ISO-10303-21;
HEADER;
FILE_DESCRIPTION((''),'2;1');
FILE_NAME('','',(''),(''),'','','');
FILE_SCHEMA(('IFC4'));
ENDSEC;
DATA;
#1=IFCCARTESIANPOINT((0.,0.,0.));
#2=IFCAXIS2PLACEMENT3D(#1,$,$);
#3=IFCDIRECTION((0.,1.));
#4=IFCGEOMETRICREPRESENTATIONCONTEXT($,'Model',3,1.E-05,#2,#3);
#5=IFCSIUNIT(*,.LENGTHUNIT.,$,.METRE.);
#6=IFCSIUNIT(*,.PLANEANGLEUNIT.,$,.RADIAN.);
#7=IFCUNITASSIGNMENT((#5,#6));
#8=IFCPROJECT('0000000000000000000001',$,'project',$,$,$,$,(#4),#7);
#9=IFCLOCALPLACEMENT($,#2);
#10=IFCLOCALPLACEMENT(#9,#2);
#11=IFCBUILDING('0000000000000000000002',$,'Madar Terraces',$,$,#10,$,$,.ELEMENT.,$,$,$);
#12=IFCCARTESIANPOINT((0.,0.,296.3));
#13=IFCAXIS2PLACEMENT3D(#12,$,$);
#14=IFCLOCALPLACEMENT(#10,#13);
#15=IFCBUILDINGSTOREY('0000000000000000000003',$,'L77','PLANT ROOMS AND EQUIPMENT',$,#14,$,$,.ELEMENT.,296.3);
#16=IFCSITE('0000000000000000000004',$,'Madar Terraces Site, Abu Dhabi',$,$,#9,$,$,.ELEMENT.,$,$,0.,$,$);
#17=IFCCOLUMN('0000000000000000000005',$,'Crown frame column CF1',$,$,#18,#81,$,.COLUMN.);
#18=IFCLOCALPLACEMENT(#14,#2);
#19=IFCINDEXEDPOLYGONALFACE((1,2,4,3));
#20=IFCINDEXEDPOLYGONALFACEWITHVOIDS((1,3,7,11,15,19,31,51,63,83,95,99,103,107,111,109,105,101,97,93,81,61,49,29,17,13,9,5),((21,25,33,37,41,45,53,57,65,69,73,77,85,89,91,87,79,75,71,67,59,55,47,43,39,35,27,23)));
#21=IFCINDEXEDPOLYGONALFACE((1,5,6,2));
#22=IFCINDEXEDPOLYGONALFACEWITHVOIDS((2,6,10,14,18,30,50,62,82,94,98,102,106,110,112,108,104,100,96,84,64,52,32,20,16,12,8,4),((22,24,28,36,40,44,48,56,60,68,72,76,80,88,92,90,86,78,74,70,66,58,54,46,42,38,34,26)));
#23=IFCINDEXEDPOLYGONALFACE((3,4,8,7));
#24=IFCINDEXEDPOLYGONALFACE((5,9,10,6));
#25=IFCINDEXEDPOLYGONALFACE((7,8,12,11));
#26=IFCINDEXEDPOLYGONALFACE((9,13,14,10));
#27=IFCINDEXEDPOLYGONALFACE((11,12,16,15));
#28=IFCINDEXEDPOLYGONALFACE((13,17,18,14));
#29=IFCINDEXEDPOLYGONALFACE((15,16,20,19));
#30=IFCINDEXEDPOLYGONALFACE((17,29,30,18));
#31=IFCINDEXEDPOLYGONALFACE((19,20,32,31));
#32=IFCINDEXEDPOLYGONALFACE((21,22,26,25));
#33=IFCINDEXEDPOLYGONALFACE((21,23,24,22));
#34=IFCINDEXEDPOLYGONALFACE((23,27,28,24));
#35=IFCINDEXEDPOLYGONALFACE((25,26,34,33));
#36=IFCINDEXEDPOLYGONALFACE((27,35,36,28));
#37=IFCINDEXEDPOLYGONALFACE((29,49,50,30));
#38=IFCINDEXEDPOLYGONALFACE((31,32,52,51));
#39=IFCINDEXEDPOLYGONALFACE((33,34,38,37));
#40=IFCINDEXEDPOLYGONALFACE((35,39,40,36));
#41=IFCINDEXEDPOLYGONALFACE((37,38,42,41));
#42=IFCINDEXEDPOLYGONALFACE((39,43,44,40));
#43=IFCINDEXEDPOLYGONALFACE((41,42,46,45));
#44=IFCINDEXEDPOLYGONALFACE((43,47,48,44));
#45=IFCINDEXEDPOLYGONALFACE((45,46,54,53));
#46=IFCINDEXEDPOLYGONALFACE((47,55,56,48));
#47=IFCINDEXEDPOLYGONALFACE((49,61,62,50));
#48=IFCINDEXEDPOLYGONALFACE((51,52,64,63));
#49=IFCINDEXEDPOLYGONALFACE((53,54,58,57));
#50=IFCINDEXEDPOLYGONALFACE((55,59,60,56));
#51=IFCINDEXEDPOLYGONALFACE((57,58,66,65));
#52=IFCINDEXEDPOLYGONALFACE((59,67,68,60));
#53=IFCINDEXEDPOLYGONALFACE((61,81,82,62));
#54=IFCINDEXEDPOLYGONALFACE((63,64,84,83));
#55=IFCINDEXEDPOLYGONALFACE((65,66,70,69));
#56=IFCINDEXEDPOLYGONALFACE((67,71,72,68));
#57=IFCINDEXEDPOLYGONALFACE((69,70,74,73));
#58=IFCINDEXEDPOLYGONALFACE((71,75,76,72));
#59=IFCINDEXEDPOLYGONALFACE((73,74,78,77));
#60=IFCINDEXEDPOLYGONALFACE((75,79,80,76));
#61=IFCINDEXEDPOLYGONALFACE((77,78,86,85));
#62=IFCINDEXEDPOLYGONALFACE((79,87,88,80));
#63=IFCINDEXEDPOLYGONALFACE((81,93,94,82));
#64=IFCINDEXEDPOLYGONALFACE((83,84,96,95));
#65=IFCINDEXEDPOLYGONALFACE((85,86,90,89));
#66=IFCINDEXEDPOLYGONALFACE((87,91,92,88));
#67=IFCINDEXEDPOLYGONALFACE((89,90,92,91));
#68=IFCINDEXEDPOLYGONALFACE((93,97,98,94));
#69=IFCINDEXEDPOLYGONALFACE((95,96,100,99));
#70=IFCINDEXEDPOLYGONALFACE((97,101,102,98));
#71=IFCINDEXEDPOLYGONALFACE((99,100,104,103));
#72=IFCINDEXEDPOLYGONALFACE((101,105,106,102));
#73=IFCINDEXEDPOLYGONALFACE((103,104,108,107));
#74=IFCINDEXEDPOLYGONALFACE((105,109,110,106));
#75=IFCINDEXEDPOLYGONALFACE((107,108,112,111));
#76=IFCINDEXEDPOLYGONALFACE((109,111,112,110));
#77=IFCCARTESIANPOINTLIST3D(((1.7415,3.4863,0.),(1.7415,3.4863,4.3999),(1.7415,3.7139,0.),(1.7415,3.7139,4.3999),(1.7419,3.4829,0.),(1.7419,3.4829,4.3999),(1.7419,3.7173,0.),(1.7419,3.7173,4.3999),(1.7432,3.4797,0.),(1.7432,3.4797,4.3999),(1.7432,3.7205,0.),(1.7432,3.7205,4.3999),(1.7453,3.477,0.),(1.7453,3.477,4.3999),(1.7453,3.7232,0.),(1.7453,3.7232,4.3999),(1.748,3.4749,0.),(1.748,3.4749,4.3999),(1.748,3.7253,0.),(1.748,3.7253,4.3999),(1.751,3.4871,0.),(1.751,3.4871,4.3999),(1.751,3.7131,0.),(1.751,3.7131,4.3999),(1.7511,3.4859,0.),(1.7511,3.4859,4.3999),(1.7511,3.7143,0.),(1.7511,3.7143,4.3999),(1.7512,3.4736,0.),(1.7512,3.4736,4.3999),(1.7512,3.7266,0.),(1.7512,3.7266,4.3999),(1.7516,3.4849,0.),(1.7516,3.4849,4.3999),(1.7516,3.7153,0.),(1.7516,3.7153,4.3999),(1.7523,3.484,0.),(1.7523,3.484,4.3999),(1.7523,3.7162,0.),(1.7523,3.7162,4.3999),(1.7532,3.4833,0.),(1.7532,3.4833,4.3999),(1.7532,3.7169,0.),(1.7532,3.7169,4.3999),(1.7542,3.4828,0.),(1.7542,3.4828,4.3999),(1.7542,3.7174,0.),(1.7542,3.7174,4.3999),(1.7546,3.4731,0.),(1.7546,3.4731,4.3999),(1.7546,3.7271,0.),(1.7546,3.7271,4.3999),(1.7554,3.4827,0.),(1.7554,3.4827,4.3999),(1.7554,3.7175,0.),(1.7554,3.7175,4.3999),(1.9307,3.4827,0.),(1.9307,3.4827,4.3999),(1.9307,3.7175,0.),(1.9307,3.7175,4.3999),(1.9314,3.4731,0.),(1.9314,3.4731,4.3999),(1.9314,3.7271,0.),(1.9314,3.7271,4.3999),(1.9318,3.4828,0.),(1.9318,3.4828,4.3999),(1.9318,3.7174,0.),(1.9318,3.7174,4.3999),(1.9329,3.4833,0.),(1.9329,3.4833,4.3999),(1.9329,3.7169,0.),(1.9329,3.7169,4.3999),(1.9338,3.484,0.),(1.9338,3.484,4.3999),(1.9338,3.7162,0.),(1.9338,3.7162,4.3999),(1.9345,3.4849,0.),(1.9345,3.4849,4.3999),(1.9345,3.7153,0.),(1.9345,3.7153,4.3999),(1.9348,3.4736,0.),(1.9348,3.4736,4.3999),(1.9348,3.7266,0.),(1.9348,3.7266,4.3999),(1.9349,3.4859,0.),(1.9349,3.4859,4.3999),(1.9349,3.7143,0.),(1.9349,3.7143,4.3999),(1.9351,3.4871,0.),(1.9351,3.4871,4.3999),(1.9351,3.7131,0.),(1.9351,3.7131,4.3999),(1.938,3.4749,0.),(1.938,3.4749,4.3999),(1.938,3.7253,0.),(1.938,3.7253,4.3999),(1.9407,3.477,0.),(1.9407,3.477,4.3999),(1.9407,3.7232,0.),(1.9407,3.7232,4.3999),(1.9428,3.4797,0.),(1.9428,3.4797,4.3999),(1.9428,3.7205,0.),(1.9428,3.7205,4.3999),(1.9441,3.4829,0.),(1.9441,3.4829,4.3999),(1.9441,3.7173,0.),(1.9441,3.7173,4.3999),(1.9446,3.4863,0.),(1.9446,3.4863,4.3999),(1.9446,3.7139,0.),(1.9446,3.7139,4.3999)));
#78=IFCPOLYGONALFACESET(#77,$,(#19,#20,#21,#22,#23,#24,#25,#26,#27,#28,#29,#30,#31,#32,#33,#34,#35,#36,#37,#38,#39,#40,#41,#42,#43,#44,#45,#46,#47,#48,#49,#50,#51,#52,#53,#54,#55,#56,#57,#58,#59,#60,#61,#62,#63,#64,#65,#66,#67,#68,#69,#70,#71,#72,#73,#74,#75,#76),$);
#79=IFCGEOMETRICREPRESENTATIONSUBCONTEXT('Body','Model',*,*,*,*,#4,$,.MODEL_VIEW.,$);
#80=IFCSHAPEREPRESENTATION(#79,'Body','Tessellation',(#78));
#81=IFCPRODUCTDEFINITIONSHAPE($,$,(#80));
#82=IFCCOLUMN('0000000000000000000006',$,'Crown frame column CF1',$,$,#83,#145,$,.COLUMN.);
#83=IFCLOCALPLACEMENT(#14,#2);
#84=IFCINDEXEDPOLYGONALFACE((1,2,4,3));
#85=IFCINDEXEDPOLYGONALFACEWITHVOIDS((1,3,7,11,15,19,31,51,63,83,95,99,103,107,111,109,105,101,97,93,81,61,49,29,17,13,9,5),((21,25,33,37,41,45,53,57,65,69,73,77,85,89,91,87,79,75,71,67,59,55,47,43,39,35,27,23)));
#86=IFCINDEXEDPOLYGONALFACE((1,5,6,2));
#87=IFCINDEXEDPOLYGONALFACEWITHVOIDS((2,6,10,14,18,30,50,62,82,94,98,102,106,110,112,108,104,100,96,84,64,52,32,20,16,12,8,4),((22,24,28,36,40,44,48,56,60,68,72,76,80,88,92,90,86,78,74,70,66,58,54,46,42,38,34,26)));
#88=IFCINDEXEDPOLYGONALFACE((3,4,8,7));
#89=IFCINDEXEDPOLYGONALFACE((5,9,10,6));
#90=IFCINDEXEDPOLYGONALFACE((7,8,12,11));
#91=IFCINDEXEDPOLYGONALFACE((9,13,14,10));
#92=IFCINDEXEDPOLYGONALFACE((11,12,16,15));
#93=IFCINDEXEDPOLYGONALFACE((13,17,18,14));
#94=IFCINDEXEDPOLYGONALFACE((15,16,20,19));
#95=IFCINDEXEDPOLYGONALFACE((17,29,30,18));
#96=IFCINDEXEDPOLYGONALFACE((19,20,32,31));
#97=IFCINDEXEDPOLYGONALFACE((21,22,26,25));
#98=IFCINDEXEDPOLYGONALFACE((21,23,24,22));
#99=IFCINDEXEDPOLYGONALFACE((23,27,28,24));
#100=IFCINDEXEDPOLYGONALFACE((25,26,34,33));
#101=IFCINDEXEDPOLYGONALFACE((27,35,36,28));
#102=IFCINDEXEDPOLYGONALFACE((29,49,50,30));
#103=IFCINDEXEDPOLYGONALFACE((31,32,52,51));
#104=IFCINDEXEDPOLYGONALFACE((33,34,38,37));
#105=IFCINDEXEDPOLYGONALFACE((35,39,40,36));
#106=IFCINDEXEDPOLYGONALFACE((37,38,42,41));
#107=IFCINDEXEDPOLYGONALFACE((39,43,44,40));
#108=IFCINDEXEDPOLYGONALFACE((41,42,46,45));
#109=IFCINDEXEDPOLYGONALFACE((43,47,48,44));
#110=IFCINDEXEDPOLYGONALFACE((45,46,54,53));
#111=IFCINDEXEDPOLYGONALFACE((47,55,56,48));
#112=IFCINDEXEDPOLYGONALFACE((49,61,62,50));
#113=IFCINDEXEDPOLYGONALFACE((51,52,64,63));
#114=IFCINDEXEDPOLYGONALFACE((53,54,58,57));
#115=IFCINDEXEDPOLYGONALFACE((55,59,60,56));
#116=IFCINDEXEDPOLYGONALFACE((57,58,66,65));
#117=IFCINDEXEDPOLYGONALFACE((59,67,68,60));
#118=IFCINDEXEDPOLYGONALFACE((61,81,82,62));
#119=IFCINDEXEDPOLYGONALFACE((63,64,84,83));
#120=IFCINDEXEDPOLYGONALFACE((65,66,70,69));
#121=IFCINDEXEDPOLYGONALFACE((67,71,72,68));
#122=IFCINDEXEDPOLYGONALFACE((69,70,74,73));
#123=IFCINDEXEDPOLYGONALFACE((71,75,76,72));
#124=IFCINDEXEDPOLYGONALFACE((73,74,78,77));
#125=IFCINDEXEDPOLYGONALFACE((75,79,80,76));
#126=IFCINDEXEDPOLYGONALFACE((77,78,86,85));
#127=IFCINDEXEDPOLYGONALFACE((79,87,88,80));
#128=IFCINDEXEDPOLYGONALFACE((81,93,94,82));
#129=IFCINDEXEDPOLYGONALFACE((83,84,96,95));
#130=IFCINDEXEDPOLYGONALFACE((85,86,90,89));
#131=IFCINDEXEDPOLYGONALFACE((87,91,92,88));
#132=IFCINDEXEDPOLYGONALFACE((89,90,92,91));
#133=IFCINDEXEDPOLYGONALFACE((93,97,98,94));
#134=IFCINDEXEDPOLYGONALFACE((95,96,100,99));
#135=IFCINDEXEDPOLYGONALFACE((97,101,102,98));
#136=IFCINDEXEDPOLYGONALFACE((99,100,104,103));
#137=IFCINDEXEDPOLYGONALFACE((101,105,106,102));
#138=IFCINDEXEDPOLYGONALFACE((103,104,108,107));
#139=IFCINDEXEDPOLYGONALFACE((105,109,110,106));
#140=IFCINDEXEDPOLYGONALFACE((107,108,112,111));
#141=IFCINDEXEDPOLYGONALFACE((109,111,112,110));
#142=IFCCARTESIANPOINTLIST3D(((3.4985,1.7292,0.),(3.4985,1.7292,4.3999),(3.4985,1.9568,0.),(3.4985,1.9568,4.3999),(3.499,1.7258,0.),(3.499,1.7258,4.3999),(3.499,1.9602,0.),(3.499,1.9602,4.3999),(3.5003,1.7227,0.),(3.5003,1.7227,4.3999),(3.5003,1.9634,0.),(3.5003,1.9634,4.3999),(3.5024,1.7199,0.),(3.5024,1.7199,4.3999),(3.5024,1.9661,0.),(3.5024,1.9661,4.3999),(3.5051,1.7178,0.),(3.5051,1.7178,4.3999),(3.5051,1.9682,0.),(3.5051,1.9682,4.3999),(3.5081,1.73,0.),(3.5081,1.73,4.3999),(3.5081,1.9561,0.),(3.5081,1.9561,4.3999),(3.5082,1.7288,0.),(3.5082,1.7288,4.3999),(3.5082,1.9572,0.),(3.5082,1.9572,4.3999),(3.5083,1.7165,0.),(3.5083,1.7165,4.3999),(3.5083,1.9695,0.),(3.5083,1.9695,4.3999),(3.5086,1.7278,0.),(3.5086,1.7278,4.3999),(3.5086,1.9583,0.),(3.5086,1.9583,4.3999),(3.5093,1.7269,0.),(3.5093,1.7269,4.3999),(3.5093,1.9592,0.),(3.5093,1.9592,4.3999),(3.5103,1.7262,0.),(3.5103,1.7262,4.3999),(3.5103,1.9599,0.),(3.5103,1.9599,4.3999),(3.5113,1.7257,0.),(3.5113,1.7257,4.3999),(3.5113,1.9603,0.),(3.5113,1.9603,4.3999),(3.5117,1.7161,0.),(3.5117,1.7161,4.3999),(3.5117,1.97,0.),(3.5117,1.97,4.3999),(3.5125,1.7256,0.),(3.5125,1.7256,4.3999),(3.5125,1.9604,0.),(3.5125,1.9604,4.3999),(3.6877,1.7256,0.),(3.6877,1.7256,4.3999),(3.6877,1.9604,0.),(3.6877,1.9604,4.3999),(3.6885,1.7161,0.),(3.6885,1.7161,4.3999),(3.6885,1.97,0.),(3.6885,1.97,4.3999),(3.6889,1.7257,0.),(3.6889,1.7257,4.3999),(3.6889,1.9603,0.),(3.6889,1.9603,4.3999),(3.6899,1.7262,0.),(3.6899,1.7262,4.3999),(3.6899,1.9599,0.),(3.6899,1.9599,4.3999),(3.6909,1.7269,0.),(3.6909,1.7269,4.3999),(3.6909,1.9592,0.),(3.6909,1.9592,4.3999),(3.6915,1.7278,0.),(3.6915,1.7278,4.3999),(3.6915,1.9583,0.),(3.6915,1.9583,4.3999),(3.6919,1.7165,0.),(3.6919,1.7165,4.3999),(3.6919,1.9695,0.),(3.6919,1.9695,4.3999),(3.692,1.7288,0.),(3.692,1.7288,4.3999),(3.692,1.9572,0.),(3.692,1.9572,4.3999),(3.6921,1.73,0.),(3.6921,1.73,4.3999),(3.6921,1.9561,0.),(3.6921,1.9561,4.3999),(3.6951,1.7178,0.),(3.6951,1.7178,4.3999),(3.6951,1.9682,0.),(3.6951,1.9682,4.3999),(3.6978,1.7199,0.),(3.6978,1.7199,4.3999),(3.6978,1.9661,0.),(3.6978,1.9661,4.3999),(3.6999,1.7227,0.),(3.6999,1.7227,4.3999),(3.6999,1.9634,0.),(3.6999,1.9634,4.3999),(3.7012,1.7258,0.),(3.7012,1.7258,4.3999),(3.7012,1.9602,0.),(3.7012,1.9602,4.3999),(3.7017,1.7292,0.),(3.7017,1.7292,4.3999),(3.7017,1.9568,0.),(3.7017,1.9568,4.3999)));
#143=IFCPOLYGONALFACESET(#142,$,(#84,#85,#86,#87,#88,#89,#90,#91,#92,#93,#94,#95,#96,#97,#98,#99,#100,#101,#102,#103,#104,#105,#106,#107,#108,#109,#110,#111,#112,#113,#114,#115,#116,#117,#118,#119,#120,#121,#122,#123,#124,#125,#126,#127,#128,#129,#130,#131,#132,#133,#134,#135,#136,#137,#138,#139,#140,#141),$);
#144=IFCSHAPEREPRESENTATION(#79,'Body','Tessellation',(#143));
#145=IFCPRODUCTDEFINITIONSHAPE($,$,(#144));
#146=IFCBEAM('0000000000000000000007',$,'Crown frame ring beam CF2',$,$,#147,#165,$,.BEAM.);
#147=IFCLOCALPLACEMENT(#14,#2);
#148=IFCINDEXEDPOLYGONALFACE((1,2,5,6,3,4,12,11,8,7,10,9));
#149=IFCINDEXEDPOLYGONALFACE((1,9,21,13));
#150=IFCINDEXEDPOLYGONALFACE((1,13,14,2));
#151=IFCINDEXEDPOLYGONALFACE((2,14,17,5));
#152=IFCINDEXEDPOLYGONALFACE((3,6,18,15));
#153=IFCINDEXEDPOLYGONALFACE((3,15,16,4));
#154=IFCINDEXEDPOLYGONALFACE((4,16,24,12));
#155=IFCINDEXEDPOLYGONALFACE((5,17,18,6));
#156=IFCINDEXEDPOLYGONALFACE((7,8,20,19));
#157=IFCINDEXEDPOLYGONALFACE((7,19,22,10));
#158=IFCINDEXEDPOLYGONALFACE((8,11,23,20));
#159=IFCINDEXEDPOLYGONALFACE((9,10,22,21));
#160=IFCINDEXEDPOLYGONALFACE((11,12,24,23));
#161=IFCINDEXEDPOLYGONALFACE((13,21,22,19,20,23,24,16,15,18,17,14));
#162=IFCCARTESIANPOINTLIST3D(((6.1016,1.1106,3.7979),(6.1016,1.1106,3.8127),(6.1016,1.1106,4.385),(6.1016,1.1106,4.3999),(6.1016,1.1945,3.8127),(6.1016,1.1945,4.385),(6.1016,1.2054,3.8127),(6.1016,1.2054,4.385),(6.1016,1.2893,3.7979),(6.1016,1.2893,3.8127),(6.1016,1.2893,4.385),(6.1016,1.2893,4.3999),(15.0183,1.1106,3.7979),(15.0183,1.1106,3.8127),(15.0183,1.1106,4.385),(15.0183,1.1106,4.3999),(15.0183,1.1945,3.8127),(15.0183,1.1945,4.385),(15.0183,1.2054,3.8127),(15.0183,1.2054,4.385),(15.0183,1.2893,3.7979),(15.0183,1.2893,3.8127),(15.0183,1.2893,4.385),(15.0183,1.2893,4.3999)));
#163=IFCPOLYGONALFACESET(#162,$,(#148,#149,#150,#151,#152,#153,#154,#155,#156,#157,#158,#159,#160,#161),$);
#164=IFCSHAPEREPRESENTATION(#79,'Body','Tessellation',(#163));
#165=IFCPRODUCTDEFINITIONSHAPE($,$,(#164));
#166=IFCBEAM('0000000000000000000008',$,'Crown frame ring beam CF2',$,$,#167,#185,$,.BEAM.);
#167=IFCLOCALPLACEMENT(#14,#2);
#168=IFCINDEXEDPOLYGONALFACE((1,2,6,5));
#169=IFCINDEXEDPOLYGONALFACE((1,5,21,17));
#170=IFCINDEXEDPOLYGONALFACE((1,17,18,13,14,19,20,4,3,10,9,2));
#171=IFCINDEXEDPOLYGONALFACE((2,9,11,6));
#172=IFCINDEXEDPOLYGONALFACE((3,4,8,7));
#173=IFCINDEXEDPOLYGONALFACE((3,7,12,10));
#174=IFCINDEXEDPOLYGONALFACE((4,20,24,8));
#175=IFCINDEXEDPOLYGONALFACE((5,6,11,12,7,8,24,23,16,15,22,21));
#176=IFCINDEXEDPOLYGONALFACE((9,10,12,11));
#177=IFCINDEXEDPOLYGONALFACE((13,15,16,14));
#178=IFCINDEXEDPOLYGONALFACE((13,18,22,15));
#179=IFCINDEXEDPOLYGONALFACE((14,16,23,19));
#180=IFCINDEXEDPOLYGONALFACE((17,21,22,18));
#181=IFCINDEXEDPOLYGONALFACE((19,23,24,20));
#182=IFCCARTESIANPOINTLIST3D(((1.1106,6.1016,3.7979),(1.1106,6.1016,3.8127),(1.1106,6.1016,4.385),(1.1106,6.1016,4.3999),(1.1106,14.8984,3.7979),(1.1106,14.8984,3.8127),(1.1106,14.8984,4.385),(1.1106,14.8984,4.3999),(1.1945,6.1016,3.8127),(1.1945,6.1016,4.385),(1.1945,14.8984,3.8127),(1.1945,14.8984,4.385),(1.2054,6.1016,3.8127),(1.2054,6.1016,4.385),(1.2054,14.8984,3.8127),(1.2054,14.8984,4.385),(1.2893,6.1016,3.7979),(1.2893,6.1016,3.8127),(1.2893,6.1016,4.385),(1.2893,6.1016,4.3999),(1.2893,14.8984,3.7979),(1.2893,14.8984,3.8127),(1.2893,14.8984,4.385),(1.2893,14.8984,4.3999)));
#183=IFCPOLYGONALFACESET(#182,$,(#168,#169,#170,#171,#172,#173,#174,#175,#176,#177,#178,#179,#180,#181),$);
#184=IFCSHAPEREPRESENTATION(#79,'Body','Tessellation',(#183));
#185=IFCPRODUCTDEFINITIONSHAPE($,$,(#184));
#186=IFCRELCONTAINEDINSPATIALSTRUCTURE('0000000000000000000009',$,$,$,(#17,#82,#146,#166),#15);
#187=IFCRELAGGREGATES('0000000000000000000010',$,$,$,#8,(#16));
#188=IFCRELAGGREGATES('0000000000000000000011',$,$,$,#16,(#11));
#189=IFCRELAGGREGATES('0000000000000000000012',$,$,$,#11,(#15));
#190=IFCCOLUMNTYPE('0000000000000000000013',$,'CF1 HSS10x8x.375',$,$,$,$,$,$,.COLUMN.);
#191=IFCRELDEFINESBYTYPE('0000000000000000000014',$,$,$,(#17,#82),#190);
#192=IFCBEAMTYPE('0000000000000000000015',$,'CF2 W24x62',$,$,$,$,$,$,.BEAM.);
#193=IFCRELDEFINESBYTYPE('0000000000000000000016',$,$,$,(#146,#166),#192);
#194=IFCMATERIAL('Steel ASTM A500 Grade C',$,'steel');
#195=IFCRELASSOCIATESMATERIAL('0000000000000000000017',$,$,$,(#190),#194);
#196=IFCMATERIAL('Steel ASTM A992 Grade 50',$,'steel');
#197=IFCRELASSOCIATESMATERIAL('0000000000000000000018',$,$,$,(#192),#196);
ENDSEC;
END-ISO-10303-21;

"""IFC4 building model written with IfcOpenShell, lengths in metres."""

from ifc_helpers import new_model, si_unit, direction, frame, origin, origin_2d, place, context, subcontext, project, spatial, hollow_rectangle, i_section, extrude, material, material_profile, profile_set, type_object, element, save


model = new_model("IFC4")

# Units and contexts
model_context = context("Model", 3, precision=1e-05, world=origin(), true_north=direction((0.0, 1.0)))
body_context = subcontext(model_context, "Body", "Model", "MODEL_VIEW")
ifc_project = project(units=[si_unit("LENGTHUNIT", "METRE"), si_unit("PLANEANGLEUNIT", "RADIAN")], contexts=[model_context])

# Site, building, storey
site_placement = place(None, origin())
site = spatial("IfcSite", under=ifc_project, at=site_placement, Name="Madar Terraces Site, Abu Dhabi", CompositionType="ELEMENT", RefElevation=0.0)
building_placement = place(site_placement, origin())
building = spatial("IfcBuilding", under=site, at=building_placement, Name="Madar Terraces", CompositionType="ELEMENT")
storey_placement = place(building_placement, frame((0.0, 0.0, 296.3)))
storey = spatial("IfcBuildingStorey", under=building, at=storey_placement, Name="L77", Description="PLANT ROOMS AND EQUIPMENT", CompositionType="ELEMENT", Elevation=296.3)

# Columns
ifc_material_1 = material(Name="Steel ASTM A500 Grade C", Category="steel")
ifc_material_profile_1 = material_profile(ifc_material_1, hollow_rectangle(XDim=0.2031, YDim=0.2539, WallThickness=0.0095, InnerFilletRadius=0.0044, OuterFilletRadius=0.0132, at=origin_2d()), Name="HSS10x8x.375")
ifc_profile_set_1 = profile_set([ifc_material_profile_1], Name="Steel ASTM A500 Grade C")
column_type = type_object("IfcColumnType", Name="CF1 HSS10x8x.375", PredefinedType="COLUMN", material=ifc_profile_set_1)
for number, where, z_axis, x_axis, name in (
    (1, (1.843, 3.6001, 0.0), (0.0, 0.0, 1.0), (1.0, 0.0, 0.0), "Crown frame column CF1"),
    (2, (3.6001, 1.843, 0.0), (0.0, 0.0, 1.0), (1.0, 0.0, 0.0), "Crown frame column CF1"),
):
    element("IfcColumn", number, at=place(storey_placement, frame(where, z_axis=z_axis, x_axis=x_axis)), inside=storey, type_object=column_type, Name=name, PredefinedType="COLUMN", context=body_context, shape_type="SweptSolid", body=[
        extrude(hollow_rectangle(XDim=0.2031, YDim=0.2539, WallThickness=0.0095, InnerFilletRadius=0.0044, OuterFilletRadius=0.0132, at=origin_2d()), origin(), (0.0, 0.0, 1.0), 4.3999),
    ])

# Beams
ifc_material_2 = material(Name="Steel ASTM A992 Grade 50", Category="steel")
ifc_material_profile_2 = material_profile(ifc_material_2, i_section(OverallWidth=0.1787, OverallDepth=0.6021, WebThickness=0.011, FlangeThickness=0.0149, at=origin_2d()), Name="W24x62")
ifc_profile_set_2 = profile_set([ifc_material_profile_2], Name="Steel ASTM A992 Grade 50")
beam_type = type_object("IfcBeamType", Name="CF2 W24x62", PredefinedType="BEAM", material=ifc_profile_set_2)
beam_1_placement = place(storey_placement, frame((6.1016, 1.2, 4.0989), z_axis=(1.0, 0.0, 0.0), x_axis=(0.0, 1.0, 0.0)))
element("IfcBeam", 3, at=beam_1_placement, inside=storey, type_object=beam_type, Name="Crown frame ring beam CF2", PredefinedType="BEAM", context=body_context, shape_type="SweptSolid", body=[
    extrude(i_section(OverallWidth=0.1787, OverallDepth=0.6021, WebThickness=0.011, FlangeThickness=0.0149, at=origin_2d()), origin(), (0.0, 0.0, 1.0), 8.9167),
])
beam_2_placement = place(storey_placement, frame((1.2, 14.8984, 4.0989), z_axis=(0.0, -1.0, 0.0), x_axis=(1.0, 0.0, 0.0)))
element("IfcBeam", 4, at=beam_2_placement, inside=storey, type_object=beam_type, Name="Crown frame ring beam CF2", PredefinedType="BEAM", context=body_context, shape_type="SweptSolid", body=[
    extrude(i_section(OverallWidth=0.1787, OverallDepth=0.6021, WebThickness=0.011, FlangeThickness=0.0149, at=origin_2d()), origin(), (0.0, 0.0, 1.0), 8.7969),
])

save(model, "model.ifc")
